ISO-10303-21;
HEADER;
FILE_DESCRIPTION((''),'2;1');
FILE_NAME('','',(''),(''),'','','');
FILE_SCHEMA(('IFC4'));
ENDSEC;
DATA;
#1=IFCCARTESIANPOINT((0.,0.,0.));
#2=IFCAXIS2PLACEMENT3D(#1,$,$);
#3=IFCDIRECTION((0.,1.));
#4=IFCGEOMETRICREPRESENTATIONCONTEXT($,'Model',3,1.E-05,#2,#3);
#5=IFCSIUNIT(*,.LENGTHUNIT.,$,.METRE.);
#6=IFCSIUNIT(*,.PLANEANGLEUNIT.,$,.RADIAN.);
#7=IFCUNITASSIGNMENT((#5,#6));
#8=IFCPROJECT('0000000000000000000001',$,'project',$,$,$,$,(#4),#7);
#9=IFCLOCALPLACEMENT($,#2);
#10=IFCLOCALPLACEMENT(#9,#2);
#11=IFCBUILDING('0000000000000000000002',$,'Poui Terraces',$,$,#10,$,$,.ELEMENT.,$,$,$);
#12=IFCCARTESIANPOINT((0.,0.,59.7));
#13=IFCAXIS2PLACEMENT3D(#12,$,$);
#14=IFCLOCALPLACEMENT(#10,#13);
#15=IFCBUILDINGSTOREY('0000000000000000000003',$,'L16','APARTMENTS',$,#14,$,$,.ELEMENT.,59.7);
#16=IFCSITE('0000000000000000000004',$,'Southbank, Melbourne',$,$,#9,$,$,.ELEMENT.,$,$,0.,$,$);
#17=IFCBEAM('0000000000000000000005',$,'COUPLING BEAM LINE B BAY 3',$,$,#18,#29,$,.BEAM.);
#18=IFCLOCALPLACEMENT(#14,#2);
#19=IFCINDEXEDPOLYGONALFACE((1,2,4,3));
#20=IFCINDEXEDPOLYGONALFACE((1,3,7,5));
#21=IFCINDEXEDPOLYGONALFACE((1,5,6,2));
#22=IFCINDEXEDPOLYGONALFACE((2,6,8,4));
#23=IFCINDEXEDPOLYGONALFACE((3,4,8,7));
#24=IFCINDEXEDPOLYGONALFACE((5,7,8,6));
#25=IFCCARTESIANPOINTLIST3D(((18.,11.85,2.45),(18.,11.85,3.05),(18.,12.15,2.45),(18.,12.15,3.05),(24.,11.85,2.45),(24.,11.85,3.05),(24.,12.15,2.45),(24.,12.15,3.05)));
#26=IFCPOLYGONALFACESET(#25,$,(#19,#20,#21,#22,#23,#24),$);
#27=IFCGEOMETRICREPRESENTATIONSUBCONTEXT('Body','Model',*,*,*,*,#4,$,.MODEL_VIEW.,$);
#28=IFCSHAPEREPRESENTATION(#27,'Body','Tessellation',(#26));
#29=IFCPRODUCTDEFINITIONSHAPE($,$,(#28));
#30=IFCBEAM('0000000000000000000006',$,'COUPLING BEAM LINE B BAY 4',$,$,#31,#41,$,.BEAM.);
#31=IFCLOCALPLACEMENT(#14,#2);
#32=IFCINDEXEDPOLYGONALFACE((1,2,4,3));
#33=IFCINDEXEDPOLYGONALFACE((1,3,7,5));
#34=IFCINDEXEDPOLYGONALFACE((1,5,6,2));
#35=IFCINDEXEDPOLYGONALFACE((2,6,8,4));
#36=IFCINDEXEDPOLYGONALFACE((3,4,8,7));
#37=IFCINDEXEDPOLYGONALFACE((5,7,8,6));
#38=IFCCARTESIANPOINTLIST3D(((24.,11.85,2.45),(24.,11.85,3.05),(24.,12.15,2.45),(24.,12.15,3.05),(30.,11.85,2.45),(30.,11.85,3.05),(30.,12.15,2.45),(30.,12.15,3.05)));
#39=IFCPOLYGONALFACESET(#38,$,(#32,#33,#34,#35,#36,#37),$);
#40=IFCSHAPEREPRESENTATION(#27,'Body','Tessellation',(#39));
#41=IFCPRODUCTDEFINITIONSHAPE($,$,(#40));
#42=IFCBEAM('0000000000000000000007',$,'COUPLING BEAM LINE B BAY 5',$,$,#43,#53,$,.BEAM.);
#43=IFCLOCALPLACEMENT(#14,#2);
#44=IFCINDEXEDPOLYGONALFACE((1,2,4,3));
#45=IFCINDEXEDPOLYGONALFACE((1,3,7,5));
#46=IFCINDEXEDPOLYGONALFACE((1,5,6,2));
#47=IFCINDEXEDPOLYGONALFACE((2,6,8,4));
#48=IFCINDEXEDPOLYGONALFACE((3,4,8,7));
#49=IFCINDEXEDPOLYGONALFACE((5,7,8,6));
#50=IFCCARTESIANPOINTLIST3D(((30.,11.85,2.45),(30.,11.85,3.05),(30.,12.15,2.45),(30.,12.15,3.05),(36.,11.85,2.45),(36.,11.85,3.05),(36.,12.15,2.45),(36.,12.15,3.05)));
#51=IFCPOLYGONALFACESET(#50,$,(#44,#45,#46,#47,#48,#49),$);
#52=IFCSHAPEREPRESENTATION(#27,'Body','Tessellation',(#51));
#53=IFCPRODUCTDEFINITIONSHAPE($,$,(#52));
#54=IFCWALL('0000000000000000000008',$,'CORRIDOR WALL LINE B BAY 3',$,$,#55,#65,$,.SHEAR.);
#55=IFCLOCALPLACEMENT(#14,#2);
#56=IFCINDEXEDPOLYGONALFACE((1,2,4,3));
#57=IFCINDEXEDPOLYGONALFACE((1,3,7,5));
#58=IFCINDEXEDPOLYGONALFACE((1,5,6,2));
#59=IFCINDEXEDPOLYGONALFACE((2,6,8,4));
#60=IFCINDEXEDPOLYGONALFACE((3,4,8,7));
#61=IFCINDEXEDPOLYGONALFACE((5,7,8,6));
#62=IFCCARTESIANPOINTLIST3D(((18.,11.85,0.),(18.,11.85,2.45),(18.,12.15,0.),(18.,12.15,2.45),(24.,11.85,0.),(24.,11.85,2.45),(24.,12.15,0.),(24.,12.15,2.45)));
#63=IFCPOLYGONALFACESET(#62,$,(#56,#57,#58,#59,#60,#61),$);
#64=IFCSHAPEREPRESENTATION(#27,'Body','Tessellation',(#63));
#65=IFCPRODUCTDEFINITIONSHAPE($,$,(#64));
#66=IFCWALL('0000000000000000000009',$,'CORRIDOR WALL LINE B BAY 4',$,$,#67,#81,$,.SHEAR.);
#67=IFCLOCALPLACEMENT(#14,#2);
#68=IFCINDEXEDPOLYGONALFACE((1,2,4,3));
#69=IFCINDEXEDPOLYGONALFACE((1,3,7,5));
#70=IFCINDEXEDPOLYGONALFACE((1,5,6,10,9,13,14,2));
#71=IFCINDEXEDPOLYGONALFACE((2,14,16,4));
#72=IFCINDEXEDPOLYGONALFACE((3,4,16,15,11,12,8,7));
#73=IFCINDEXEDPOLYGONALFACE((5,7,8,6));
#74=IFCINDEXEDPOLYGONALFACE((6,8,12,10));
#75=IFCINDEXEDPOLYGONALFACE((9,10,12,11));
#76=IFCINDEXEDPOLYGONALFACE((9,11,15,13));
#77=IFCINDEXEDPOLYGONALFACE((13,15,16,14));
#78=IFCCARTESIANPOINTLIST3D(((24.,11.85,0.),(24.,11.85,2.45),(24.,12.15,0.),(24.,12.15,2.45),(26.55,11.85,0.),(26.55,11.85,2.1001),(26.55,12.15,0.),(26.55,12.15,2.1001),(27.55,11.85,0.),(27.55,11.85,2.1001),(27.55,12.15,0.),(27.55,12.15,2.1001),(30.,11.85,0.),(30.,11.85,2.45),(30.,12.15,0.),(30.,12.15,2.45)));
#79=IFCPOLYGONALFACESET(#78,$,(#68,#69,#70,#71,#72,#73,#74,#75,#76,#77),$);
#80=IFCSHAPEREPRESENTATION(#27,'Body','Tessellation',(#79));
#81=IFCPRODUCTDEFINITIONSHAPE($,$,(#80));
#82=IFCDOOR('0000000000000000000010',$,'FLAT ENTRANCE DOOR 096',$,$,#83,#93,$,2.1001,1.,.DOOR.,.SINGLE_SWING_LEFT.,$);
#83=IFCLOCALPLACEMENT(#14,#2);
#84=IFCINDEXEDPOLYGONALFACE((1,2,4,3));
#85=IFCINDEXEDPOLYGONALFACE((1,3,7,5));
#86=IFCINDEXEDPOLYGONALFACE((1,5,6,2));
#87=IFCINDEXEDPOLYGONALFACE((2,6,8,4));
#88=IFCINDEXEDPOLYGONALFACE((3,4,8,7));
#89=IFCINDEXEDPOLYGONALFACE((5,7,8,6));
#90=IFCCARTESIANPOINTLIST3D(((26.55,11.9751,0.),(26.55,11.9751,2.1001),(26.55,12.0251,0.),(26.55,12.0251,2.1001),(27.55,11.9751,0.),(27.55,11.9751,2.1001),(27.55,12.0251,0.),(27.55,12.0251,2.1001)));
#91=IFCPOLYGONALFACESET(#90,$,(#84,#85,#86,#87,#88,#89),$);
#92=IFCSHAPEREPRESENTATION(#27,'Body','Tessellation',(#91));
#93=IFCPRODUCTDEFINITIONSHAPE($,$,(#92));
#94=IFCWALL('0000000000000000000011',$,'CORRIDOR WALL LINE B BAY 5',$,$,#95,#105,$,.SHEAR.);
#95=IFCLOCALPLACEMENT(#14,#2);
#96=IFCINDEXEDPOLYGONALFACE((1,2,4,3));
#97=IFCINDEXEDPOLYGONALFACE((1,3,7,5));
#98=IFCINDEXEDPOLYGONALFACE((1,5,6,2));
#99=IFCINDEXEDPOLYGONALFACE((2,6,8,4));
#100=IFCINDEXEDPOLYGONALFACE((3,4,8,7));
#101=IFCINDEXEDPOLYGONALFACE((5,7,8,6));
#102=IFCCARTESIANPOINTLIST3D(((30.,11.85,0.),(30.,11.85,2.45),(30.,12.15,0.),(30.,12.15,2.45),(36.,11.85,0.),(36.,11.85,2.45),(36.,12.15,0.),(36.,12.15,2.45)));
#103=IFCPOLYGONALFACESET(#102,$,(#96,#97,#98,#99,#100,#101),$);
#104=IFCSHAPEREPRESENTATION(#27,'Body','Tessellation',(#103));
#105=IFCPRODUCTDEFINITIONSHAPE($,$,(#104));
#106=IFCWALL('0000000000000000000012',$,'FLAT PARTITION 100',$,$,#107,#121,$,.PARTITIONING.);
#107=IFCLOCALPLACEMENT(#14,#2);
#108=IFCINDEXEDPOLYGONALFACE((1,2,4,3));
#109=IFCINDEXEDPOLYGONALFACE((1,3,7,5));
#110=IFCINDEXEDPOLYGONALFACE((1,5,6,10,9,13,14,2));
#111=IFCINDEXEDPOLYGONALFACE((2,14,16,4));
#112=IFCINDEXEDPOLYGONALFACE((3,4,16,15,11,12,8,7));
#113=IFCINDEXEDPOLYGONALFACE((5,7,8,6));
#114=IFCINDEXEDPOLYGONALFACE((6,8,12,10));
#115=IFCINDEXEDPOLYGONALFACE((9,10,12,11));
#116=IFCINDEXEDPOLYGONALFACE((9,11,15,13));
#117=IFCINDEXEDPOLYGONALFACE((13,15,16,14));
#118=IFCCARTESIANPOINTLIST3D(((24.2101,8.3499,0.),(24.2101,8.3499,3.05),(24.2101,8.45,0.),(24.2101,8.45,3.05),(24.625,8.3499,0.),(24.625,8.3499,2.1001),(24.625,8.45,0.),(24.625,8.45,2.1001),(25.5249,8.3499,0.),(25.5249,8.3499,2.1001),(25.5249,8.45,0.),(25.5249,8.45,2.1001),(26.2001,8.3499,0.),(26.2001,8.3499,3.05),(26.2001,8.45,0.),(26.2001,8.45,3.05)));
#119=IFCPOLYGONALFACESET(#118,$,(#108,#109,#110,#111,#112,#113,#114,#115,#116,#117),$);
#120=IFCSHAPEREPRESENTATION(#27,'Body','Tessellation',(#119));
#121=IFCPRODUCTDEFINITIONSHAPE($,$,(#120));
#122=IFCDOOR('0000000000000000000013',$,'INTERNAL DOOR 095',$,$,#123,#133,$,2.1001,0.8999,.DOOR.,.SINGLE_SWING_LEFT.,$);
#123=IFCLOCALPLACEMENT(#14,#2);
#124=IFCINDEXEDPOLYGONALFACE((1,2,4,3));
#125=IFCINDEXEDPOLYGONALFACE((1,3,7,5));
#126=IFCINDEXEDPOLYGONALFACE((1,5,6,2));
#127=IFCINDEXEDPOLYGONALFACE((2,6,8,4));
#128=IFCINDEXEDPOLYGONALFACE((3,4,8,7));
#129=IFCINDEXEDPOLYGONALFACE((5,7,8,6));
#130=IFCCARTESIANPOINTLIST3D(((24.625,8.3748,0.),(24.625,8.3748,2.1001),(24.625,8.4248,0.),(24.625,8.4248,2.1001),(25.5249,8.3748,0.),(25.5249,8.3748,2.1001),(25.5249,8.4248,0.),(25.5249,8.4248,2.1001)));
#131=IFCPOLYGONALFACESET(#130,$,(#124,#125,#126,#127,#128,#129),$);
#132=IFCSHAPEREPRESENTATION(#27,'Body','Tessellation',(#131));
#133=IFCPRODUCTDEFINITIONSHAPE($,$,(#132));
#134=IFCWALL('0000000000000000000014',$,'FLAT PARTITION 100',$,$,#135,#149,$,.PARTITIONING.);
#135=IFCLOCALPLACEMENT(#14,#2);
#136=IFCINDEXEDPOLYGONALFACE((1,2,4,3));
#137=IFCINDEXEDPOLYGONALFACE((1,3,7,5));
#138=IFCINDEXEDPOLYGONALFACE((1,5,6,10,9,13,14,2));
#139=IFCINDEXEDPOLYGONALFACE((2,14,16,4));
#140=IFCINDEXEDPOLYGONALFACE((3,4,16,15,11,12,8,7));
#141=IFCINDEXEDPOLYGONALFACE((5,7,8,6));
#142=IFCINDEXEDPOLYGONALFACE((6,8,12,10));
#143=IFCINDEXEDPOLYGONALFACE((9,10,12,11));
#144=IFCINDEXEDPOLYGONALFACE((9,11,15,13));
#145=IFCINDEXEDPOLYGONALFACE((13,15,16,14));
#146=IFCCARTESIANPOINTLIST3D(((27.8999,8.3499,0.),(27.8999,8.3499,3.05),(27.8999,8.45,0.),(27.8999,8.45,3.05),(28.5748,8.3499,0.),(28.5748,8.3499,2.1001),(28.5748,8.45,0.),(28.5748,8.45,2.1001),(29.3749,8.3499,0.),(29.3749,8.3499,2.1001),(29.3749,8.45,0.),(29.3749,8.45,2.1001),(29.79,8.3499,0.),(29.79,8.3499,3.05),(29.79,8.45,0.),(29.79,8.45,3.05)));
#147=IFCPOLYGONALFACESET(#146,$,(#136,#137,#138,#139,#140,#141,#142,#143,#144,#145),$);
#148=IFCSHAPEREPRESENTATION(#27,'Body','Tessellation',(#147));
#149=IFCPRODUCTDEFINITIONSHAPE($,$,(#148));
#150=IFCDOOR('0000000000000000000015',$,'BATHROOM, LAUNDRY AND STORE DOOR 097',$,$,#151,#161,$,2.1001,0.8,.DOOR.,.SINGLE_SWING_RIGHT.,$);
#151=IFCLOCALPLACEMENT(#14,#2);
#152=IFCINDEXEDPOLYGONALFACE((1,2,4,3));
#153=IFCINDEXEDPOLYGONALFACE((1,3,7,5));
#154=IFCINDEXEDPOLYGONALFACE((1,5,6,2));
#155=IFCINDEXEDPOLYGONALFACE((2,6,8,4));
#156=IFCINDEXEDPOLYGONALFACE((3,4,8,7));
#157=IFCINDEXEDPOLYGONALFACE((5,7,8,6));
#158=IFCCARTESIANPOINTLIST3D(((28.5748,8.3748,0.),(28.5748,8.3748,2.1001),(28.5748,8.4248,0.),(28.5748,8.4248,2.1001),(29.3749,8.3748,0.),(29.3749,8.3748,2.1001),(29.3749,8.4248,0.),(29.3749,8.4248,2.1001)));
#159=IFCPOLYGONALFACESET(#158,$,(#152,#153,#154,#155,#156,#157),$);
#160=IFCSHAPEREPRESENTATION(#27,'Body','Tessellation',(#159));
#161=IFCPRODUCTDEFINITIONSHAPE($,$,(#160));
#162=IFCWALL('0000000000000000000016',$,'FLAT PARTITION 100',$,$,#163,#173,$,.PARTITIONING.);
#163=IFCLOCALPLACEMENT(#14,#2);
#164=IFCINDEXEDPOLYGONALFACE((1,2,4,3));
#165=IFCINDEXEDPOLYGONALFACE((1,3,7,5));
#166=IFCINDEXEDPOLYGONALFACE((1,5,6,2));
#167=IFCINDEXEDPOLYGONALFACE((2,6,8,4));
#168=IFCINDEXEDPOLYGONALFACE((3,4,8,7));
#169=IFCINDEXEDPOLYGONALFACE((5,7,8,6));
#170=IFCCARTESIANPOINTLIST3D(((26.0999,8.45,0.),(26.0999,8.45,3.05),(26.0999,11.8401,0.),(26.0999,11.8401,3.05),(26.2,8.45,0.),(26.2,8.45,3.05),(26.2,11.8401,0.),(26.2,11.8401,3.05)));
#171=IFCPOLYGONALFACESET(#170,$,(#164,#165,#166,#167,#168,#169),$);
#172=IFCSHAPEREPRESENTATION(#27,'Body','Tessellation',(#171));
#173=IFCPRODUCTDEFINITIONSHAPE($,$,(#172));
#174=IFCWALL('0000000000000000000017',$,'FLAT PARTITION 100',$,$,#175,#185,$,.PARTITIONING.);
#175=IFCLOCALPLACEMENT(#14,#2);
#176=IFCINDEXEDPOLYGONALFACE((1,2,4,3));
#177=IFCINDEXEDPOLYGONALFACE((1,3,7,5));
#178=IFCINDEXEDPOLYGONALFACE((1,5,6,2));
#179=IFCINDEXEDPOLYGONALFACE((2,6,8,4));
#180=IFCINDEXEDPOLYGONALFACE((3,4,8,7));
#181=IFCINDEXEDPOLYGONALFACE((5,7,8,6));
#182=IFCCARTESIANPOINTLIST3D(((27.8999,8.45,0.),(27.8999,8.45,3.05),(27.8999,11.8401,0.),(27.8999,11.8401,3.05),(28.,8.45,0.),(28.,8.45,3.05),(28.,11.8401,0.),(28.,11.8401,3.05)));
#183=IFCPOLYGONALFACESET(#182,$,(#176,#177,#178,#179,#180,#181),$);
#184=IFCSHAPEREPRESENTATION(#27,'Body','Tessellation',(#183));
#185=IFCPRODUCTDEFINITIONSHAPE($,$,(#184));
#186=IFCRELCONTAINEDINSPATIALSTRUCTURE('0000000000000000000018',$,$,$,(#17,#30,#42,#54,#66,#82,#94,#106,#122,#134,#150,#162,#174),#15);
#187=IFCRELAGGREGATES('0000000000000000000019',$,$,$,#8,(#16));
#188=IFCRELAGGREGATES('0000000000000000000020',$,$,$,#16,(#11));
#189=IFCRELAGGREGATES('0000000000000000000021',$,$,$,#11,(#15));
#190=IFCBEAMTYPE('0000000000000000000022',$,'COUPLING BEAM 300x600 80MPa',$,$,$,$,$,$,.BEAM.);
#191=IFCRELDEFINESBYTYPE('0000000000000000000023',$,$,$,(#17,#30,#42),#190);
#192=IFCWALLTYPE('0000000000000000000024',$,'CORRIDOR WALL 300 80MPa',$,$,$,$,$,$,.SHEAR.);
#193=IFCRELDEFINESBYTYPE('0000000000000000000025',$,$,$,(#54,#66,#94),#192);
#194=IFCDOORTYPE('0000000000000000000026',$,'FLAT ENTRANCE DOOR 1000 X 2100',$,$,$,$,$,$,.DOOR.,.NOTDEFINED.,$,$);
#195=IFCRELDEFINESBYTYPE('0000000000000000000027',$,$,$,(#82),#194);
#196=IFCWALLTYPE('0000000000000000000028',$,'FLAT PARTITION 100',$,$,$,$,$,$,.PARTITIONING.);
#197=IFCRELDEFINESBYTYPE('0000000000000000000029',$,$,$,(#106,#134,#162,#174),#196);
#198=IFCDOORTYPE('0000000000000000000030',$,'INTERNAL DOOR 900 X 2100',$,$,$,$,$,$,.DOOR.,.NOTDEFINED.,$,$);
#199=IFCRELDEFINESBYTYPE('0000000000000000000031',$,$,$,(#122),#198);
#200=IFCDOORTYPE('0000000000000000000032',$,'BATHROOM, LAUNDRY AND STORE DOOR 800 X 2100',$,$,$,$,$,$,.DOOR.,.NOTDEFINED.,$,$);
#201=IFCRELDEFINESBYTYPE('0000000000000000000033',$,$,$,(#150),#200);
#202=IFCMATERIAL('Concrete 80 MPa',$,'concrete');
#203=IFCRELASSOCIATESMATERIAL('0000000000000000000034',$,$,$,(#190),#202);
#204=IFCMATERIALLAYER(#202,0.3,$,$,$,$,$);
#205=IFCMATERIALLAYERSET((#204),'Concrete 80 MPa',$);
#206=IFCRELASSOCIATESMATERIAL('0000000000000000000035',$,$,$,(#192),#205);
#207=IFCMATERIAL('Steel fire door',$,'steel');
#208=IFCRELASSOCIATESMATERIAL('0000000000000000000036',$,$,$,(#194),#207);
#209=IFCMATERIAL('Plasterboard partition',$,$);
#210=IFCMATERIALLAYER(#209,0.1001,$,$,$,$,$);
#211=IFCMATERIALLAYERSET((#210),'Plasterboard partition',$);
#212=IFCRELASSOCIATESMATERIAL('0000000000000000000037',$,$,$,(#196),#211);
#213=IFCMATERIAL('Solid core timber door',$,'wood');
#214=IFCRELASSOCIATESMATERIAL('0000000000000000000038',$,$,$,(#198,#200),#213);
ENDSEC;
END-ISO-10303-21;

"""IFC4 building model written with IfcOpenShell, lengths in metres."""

from ifc_helpers import new_model, si_unit, direction, frame, frame_2d, origin, origin_2d, place, context, subcontext, project, spatial, rectangle, extrude, source, transform, mapped, material, layer, layer_set, material_profile, profile_set, type_object, element, fill, save


model = new_model("IFC4")

# Units and contexts
model_context = context("Model", 3, precision=1e-05, world=origin(), true_north=direction((0.0, 1.0)))
body_context = subcontext(model_context, "Body", "Model", "MODEL_VIEW")
ifc_project = project(units=[si_unit("LENGTHUNIT", "METRE"), si_unit("PLANEANGLEUNIT", "RADIAN")], contexts=[model_context])

# Site, building, storey
site_placement = place(None, origin())
site = spatial("IfcSite", under=ifc_project, at=site_placement, Name="Southbank, Melbourne", CompositionType="ELEMENT", RefElevation=0.0)
building_placement = place(site_placement, origin())
building = spatial("IfcBuilding", under=site, at=building_placement, Name="Poui Terraces", CompositionType="ELEMENT")
storey_placement = place(building_placement, frame((0.0, 0.0, 59.7)))
storey = spatial("IfcBuildingStorey", under=building, at=storey_placement, Name="L16", Description="APARTMENTS", CompositionType="ELEMENT", Elevation=59.7)

# Beams
ifc_material_1 = material(Name="Concrete 80 MPa", Category="concrete")
ifc_material_profile = material_profile(ifc_material_1, rectangle(XDim=0.3, YDim=0.6001, at=origin_2d()), Name="RC 300x600")
ifc_profile_set = profile_set([ifc_material_profile], Name="Concrete 80 MPa")
beam_type = type_object("IfcBeamType", Name="COUPLING BEAM 300x600 80MPa", PredefinedType="BEAM", material=ifc_profile_set)
shared_shape = source(origin(), body_context, "Body", "SweptSolid", [
    extrude(rectangle(XDim=0.3, YDim=0.6001, at=origin_2d()), origin(), (0.0, 0.0, 1.0), 6.0),
])
for number, where, z_axis, x_axis, name in (
    (1, (18.0, 12.0, 2.75), (1.0, 0.0, 0.0), (0.0, 1.0, 0.0), "COUPLING BEAM LINE B BAY 3"),
    (2, (24.0, 12.0, 2.75), (1.0, 0.0, 0.0), (0.0, 1.0, 0.0), "COUPLING BEAM LINE B BAY 4"),
    (3, (30.0, 12.0, 2.75), (1.0, 0.0, 0.0), (0.0, 1.0, 0.0), "COUPLING BEAM LINE B BAY 5"),
):
    element("IfcBeam", number, at=place(storey_placement, frame(where, z_axis=z_axis, x_axis=x_axis)), inside=storey, type_object=beam_type, Name=name, PredefinedType="BEAM", context=body_context, shape_type="MappedRepresentation", body=[
        mapped(shared_shape, transform((0.0, 0.0, 0.0))),
    ])

# Wall
ifc_layer_1 = layer(ifc_material_1, 0.3)
ifc_layer_set_1 = layer_set([ifc_layer_1], Name="Concrete 80 MPa")
wall_type_1 = type_object("IfcWallType", Name="CORRIDOR WALL 300 80MPa", PredefinedType="SHEAR", material=ifc_layer_set_1)
wall_1_placement = place(storey_placement, frame((18.0, 12.0, 0.0), z_axis=(0.0, 0.0, 1.0), x_axis=(1.0, 0.0, 0.0)))
element("IfcWall", 4, at=wall_1_placement, inside=storey, type_object=wall_type_1, Name="CORRIDOR WALL LINE B BAY 3", PredefinedType="SHEAR", context=body_context, shape_type="SweptSolid", body=[
    extrude(rectangle(XDim=6.0, YDim=0.3, at=frame_2d((3.0, 0.0))), origin(), (0.0, 0.0, 1.0), 2.45),
])

# Wall, opening, door
wall_2_placement = place(storey_placement, frame((24.0, 12.0, 0.0), z_axis=(0.0, 0.0, 1.0), x_axis=(1.0, 0.0, 0.0)))
wall_2 = element("IfcWall", 5, at=wall_2_placement, inside=storey, type_object=wall_type_1, Name="CORRIDOR WALL LINE B BAY 4", PredefinedType="SHEAR", context=body_context, shape_type="SweptSolid", body=[
    extrude(rectangle(XDim=6.0, YDim=0.3, at=frame_2d((3.0, 0.0))), origin(), (0.0, 0.0, 1.0), 2.45),
])
opening_1_placement = place(wall_2_placement, frame((2.55, 0.0, 0.0)))
opening_1 = element("IfcOpeningElement", 6, at=opening_1_placement, cuts=wall_2, PredefinedType="OPENING", context=body_context, shape_type="SweptSolid", body=[
    extrude(rectangle(XDim=1.0, YDim=2.1001, at=frame_2d((0.5, 1.05))), frame((0.0, 0.1602, 0.0), z_axis=(0.0, -1.0, 0.0), x_axis=(1.0, 0.0, 0.0)), (0.0, 0.0, 1.0), 0.3201),
])
ifc_material_2 = material(Name="Steel fire door", Category="steel")
door_type_1 = type_object("IfcDoorType", Name="FLAT ENTRANCE DOOR 1000 X 2100", OperationType="NOTDEFINED", PredefinedType="DOOR", material=ifc_material_2)
door_1_placement = place(opening_1_placement, frame((1.0, 0.0, 0.0), z_axis=(0.0, 0.0, 1.0), x_axis=(-1.0, 0.0, 0.0)))
door_1 = element("IfcDoor", 7, at=door_1_placement, inside=storey, type_object=door_type_1, Name="FLAT ENTRANCE DOOR 096", OperationType="SINGLE_SWING_LEFT", OverallHeight=2.1001, OverallWidth=1.0, PredefinedType="DOOR", context=body_context, shape_type="SweptSolid", body=[
    extrude(rectangle(XDim=1.0, YDim=2.1001, at=frame_2d((0.5, 1.05))), frame((0.0, 0.0249, 0.0), z_axis=(0.0, -1.0, 0.0), x_axis=(1.0, 0.0, 0.0)), (0.0, 0.0, 1.0), 0.05),
])
fill(opening_1, door_1)

# Wall
wall_3_placement = place(storey_placement, frame((30.0, 12.0, 0.0), z_axis=(0.0, 0.0, 1.0), x_axis=(1.0, 0.0, 0.0)))
element("IfcWall", 8, at=wall_3_placement, inside=storey, type_object=wall_type_1, Name="CORRIDOR WALL LINE B BAY 5", PredefinedType="SHEAR", context=body_context, shape_type="SweptSolid", body=[
    extrude(rectangle(XDim=6.0, YDim=0.3, at=frame_2d((3.0, 0.0))), origin(), (0.0, 0.0, 1.0), 2.45),
])

# Walls, openings, doors
ifc_material_3 = material(Name="Plasterboard partition")
ifc_layer_2 = layer(ifc_material_3, 0.1001)
ifc_layer_set_2 = layer_set([ifc_layer_2], Name="Plasterboard partition")
wall_type_2 = type_object("IfcWallType", Name="FLAT PARTITION 100", PredefinedType="PARTITIONING", material=ifc_layer_set_2)
wall_4_placement = place(storey_placement, frame((24.21, 8.3999, 0.0), z_axis=(0.0, 0.0, 1.0), x_axis=(1.0, 0.0, 0.0)))
wall_4 = element("IfcWall", 9, at=wall_4_placement, inside=storey, type_object=wall_type_2, Name="FLAT PARTITION 100", PredefinedType="PARTITIONING", context=body_context, shape_type="SweptSolid", body=[
    extrude(rectangle(XDim=1.99, YDim=0.1001, at=frame_2d((0.9951, 0.0))), origin(), (0.0, 0.0, 1.0), 3.05),
])
opening_2_placement = place(wall_4_placement, frame((0.415, 0.0, 0.0)))
opening_2 = element("IfcOpeningElement", 10, at=opening_2_placement, cuts=wall_4, PredefinedType="OPENING", context=body_context, shape_type="SweptSolid", body=[
    extrude(rectangle(XDim=0.8999, YDim=2.1001, at=frame_2d((0.45, 1.05))), frame((0.0, 0.0601, 0.0), z_axis=(0.0, -1.0, 0.0), x_axis=(1.0, 0.0, 0.0)), (0.0, 0.0, 1.0), 0.1201),
])
ifc_material_4 = material(Name="Solid core timber door", Category="wood")
door_type_2 = type_object("IfcDoorType", Name="INTERNAL DOOR 900 X 2100", OperationType="NOTDEFINED", PredefinedType="DOOR", material=ifc_material_4)
door_2_placement = place(opening_2_placement, origin())
door_2 = element("IfcDoor", 11, at=door_2_placement, inside=storey, type_object=door_type_2, Name="INTERNAL DOOR 095", OperationType="SINGLE_SWING_LEFT", OverallHeight=2.1001, OverallWidth=0.8999, PredefinedType="DOOR", context=body_context, shape_type="SweptSolid", body=[
    extrude(rectangle(XDim=0.8999, YDim=2.1001, at=frame_2d((0.45, 1.05))), frame((0.0, 0.0249, 0.0), z_axis=(0.0, -1.0, 0.0), x_axis=(1.0, 0.0, 0.0)), (0.0, 0.0, 1.0), 0.05),
])
fill(opening_2, door_2)
wall_5_placement = place(storey_placement, frame((27.8999, 8.3999, 0.0), z_axis=(0.0, 0.0, 1.0), x_axis=(1.0, 0.0, 0.0)))
wall_5 = element("IfcWall", 12, at=wall_5_placement, inside=storey, type_object=wall_type_2, Name="FLAT PARTITION 100", PredefinedType="PARTITIONING", context=body_context, shape_type="SweptSolid", body=[
    extrude(rectangle(XDim=1.8901, YDim=0.1001, at=frame_2d((0.9451, 0.0))), origin(), (0.0, 0.0, 1.0), 3.05),
])
opening_3_placement = place(wall_5_placement, frame((0.675, 0.0, 0.0)))
opening_3 = element("IfcOpeningElement", 13, at=opening_3_placement, cuts=wall_5, PredefinedType="OPENING", context=body_context, shape_type="SweptSolid", body=[
    extrude(rectangle(XDim=0.8, YDim=2.1001, at=frame_2d((0.3999, 1.05))), frame((0.0, 0.0601, 0.0), z_axis=(0.0, -1.0, 0.0), x_axis=(1.0, 0.0, 0.0)), (0.0, 0.0, 1.0), 0.1201),
])
door_type_3 = type_object("IfcDoorType", Name="BATHROOM, LAUNDRY AND STORE DOOR 800 X 2100", OperationType="NOTDEFINED", PredefinedType="DOOR", material=ifc_material_4)
door_3_placement = place(opening_3_placement, origin())
door_3 = element("IfcDoor", 14, at=door_3_placement, inside=storey, type_object=door_type_3, Name="BATHROOM, LAUNDRY AND STORE DOOR 097", OperationType="SINGLE_SWING_RIGHT", OverallHeight=2.1001, OverallWidth=0.8, PredefinedType="DOOR", context=body_context, shape_type="SweptSolid", body=[
    extrude(rectangle(XDim=0.8, YDim=2.1001, at=frame_2d((0.3999, 1.05))), frame((0.0, 0.0249, 0.0), z_axis=(0.0, -1.0, 0.0), x_axis=(1.0, 0.0, 0.0)), (0.0, 0.0, 1.0), 0.05),
])
fill(opening_3, door_3)

# Walls
for number, where, z_axis, x_axis, name in (
    (15, (26.1499, 8.45, 0.0), (0.0, 0.0, 1.0), (0.0, 1.0, 0.0), "FLAT PARTITION 100"),
    (16, (27.95, 8.45, 0.0), (0.0, 0.0, 1.0), (0.0, 1.0, 0.0), "FLAT PARTITION 100"),
):
    element("IfcWall", number, at=place(storey_placement, frame(where, z_axis=z_axis, x_axis=x_axis)), inside=storey, type_object=wall_type_2, Name=name, PredefinedType="PARTITIONING", context=body_context, shape_type="SweptSolid", body=[
        extrude(rectangle(XDim=3.3901, YDim=0.1001, at=frame_2d((1.6951, 0.0))), origin(), (0.0, 0.0, 1.0), 3.05),
    ])

save(model, "model.ifc")
